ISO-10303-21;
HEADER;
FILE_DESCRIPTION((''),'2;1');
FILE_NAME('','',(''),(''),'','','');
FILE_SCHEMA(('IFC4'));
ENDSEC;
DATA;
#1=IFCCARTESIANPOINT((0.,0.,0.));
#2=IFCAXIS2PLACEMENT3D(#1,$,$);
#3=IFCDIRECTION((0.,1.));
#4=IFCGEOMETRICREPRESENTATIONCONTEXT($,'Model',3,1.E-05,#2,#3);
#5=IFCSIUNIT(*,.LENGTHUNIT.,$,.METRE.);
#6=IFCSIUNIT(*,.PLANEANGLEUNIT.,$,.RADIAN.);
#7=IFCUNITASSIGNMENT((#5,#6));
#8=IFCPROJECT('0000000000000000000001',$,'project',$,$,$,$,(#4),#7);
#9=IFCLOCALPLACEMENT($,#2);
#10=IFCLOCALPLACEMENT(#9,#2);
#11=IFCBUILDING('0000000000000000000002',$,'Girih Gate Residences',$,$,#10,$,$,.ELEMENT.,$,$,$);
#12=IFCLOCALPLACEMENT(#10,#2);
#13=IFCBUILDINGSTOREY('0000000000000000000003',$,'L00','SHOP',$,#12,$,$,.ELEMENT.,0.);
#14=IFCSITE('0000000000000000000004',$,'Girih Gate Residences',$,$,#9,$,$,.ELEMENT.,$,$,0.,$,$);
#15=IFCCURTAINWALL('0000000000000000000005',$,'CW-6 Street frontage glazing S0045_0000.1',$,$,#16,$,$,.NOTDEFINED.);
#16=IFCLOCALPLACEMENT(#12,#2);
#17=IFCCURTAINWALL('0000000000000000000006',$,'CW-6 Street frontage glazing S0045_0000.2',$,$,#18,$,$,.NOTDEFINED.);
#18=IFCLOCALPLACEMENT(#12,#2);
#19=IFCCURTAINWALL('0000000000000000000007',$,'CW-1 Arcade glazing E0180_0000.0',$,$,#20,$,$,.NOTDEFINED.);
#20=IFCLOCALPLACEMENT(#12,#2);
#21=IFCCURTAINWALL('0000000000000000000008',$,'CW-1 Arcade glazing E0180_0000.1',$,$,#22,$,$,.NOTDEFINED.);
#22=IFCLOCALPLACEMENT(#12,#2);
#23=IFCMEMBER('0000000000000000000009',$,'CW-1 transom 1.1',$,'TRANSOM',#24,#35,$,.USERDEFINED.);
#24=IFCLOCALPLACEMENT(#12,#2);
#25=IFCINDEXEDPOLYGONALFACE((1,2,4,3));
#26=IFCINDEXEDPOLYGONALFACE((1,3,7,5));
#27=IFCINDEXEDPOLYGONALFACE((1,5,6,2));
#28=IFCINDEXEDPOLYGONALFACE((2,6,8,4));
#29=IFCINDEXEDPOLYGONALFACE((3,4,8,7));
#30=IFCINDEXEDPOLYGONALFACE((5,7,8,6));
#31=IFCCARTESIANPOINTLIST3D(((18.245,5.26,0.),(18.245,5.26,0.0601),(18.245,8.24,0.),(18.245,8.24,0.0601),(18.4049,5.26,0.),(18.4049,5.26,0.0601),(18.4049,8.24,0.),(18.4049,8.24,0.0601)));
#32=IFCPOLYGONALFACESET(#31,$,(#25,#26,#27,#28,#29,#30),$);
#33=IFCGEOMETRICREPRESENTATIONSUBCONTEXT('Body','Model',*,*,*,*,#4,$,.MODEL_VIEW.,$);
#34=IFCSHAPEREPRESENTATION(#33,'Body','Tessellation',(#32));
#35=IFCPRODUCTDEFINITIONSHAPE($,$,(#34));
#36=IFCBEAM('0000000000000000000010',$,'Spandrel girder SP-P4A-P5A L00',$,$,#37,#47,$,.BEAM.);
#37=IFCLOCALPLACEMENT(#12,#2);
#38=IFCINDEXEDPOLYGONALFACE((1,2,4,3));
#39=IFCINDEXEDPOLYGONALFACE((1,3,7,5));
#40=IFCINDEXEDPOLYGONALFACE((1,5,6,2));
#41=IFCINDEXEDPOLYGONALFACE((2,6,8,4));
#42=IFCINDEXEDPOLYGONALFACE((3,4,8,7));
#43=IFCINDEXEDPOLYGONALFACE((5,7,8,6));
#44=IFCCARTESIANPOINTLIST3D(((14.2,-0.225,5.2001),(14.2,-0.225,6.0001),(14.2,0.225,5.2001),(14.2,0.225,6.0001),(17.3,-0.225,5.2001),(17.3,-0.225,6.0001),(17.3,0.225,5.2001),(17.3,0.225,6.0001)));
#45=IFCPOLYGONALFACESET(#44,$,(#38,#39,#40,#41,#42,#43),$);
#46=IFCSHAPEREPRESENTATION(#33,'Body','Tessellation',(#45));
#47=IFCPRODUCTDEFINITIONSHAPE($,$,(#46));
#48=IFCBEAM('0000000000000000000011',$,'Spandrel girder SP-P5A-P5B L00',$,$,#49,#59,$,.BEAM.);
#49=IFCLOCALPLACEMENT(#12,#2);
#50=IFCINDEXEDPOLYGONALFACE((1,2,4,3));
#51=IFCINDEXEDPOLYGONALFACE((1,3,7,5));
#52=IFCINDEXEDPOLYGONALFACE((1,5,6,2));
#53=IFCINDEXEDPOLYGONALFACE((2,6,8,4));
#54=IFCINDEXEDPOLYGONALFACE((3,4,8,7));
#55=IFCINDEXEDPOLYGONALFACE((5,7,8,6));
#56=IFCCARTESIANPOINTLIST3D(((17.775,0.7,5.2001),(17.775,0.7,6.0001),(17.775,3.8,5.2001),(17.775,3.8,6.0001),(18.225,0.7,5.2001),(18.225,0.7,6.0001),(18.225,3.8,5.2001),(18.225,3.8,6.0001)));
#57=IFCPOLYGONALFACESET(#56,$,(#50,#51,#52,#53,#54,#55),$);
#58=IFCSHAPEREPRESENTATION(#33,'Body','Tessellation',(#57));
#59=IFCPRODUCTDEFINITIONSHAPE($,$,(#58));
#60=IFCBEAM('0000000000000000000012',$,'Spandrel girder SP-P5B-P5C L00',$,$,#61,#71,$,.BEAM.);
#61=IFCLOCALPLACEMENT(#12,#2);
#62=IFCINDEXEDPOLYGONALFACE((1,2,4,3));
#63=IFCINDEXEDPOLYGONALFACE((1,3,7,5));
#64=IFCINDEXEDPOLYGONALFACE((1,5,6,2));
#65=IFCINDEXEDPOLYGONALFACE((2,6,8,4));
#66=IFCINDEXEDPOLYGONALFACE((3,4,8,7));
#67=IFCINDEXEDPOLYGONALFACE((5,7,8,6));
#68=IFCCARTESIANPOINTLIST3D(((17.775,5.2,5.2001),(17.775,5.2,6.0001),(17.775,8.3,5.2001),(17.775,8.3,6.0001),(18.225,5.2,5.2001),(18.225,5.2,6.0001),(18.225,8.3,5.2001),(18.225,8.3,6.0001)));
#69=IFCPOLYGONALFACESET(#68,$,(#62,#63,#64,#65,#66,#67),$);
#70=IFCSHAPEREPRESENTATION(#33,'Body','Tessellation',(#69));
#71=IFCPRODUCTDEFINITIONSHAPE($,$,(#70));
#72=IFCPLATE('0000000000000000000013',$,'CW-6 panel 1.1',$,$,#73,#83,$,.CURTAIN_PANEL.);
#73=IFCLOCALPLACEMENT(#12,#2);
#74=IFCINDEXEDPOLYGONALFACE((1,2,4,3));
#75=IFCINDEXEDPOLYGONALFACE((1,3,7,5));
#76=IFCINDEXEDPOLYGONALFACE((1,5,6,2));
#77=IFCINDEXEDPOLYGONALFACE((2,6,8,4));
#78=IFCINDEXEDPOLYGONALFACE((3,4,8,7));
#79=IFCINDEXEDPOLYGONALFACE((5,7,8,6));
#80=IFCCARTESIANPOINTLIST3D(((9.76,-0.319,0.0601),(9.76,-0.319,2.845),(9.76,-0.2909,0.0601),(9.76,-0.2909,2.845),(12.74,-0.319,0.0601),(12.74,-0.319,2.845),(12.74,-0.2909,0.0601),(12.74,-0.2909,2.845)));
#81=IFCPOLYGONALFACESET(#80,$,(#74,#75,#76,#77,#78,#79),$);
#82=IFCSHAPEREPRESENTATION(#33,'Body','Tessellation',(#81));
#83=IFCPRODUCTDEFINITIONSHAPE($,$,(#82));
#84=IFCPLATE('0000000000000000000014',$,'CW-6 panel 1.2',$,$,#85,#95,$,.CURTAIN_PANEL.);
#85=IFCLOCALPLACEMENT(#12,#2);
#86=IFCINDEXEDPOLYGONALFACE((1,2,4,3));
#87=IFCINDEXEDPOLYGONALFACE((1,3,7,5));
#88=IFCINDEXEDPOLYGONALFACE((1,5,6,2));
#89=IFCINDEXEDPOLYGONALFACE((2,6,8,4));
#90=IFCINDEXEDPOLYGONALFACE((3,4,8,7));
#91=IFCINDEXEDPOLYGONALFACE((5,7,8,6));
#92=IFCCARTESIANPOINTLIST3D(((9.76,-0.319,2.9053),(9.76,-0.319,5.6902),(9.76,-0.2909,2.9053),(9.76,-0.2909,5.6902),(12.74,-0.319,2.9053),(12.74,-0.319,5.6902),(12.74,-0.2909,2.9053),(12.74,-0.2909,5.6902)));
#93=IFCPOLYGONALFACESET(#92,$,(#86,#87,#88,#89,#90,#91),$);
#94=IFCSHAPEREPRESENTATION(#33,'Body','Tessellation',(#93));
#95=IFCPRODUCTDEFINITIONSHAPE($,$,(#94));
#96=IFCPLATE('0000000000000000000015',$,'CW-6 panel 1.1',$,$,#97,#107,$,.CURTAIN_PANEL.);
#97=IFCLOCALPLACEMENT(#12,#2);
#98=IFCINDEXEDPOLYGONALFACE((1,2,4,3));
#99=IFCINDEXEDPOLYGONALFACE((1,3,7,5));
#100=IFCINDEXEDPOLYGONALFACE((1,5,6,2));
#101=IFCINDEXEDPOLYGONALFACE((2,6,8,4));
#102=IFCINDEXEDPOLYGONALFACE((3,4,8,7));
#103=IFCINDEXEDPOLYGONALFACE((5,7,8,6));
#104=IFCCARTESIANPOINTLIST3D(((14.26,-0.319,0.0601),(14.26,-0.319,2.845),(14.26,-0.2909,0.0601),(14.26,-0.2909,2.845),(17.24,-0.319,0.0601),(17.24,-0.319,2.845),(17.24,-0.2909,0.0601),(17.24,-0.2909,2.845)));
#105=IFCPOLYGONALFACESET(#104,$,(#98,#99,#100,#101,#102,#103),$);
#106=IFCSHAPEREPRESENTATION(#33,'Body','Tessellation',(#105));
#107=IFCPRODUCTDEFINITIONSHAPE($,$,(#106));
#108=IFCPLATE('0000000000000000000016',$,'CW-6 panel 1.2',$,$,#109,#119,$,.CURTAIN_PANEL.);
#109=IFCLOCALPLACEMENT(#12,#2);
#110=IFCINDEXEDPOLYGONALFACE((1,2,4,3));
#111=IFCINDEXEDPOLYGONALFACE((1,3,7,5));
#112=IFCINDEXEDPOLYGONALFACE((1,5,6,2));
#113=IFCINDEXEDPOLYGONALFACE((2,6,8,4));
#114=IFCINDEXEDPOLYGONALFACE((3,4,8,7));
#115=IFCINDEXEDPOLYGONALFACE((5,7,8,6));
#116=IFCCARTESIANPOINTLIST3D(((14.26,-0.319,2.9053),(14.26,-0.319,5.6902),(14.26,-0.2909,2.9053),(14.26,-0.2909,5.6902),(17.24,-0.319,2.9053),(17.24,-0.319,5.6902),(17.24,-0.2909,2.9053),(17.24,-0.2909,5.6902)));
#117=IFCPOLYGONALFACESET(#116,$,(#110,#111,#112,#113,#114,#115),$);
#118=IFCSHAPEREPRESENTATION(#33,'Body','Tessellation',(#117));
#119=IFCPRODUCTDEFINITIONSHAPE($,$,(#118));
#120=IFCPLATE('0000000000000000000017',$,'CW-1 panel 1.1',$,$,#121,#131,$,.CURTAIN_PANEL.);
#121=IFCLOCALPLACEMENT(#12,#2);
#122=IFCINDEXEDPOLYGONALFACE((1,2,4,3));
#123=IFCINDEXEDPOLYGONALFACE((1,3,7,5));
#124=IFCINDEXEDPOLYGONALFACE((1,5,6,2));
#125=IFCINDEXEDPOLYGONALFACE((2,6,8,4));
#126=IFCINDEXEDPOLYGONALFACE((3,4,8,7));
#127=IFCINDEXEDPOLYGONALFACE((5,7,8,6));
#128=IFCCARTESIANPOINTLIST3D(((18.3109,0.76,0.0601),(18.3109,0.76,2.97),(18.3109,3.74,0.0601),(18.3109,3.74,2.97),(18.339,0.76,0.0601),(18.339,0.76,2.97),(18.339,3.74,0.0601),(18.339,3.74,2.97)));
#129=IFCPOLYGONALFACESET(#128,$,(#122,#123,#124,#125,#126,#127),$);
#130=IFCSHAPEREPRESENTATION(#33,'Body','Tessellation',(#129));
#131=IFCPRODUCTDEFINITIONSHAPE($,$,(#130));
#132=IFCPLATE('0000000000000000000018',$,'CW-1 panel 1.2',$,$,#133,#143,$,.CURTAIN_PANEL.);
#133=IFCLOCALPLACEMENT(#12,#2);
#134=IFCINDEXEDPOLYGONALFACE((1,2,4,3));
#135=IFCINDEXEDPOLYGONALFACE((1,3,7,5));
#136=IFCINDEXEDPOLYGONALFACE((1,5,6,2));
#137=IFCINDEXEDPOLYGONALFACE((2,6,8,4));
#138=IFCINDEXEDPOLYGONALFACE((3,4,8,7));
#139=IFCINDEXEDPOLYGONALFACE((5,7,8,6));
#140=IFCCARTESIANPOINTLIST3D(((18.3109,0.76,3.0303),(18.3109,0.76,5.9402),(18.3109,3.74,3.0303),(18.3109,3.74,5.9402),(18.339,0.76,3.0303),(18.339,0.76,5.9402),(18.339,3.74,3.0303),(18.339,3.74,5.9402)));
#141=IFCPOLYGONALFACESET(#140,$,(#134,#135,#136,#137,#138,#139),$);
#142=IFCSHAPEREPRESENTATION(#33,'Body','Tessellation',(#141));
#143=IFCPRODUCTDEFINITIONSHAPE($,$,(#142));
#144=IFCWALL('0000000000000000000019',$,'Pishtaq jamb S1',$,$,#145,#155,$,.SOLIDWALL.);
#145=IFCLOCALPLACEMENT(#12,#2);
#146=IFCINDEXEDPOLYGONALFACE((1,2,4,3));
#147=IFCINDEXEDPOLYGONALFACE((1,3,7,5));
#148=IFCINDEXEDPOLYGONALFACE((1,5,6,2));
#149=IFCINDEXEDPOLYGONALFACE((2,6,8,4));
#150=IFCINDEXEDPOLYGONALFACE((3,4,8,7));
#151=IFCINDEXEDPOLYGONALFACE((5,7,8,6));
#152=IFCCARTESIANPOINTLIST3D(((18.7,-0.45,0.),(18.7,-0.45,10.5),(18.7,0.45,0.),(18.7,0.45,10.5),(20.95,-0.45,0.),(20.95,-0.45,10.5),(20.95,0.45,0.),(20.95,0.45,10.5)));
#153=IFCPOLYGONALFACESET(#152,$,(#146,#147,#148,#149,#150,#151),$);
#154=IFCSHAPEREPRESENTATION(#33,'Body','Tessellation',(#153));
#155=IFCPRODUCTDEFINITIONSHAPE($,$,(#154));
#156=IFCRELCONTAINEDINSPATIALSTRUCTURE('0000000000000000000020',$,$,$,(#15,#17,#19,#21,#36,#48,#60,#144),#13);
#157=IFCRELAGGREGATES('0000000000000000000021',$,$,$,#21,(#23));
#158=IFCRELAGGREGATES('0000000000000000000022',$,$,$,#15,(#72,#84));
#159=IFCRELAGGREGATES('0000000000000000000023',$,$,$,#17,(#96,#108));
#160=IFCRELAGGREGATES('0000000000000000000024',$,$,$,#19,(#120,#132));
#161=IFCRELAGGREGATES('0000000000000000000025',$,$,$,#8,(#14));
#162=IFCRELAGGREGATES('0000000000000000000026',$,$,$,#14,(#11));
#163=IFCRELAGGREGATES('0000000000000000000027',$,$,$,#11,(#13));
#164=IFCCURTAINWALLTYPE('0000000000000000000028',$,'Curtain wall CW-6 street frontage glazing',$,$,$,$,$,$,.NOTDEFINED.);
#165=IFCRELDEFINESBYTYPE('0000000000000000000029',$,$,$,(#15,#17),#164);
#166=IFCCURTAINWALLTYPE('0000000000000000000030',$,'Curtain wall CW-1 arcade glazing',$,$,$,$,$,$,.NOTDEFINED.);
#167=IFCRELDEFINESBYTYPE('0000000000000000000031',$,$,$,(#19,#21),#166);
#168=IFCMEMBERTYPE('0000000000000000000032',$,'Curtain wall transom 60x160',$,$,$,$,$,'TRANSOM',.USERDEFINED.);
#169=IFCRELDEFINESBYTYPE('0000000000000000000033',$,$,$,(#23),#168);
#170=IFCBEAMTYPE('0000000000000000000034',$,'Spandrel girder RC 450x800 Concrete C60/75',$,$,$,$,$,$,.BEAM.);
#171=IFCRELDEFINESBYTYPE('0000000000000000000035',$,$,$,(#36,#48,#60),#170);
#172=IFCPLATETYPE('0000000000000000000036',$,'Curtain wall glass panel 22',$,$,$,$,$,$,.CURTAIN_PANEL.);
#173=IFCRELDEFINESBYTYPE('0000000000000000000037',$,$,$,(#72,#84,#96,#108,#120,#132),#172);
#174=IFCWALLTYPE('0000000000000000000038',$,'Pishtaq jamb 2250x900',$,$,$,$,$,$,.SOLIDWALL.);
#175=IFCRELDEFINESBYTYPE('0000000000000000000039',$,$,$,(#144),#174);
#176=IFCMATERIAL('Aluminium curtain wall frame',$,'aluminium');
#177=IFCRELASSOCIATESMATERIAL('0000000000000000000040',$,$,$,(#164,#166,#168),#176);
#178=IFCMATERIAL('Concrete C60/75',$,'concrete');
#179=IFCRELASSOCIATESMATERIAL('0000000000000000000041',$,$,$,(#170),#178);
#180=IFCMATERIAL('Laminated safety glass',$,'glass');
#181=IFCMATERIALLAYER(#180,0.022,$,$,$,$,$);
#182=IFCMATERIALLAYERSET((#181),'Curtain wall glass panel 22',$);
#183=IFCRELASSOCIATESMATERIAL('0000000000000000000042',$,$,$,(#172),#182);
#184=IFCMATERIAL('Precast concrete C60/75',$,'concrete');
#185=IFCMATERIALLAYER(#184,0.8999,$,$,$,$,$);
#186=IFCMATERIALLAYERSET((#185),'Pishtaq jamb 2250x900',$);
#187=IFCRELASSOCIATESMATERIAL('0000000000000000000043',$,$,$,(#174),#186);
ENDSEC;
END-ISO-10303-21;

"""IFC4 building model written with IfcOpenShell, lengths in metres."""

from ifc_helpers import new_model, si_unit, direction, frame, frame_2d, origin, origin_2d, place, context, subcontext, project, spatial, rectangle, extrude, material, layer, layer_set, material_profile, profile_set, type_object, element, aggregate, save


model = new_model("IFC4")

# Units and contexts
model_context = context("Model", 3, precision=1e-05, world=origin(), true_north=direction((0.0, 1.0)))
body_context = subcontext(model_context, "Body", "Model", "MODEL_VIEW")
ifc_project = project(units=[si_unit("LENGTHUNIT", "METRE"), si_unit("PLANEANGLEUNIT", "RADIAN")], contexts=[model_context])

# Site, building, storey
site_placement = place(None, origin())
site = spatial("IfcSite", under=ifc_project, at=site_placement, Name="Girih Gate Residences", CompositionType="ELEMENT", RefElevation=0.0)
building_placement = place(site_placement, origin())
building = spatial("IfcBuilding", under=site, at=building_placement, Name="Girih Gate Residences", CompositionType="ELEMENT")
storey_placement = place(building_placement, origin())
storey = spatial("IfcBuildingStorey", under=building, at=storey_placement, Name="L00", Description="SHOP", CompositionType="ELEMENT", Elevation=0.0)

# Curtain wall
ifc_material_1 = material(Name="Aluminium curtain wall frame", Category="aluminium")
curtain_wall_type_1 = type_object("IfcCurtainWallType", Name="Curtain wall CW-6 street frontage glazing", PredefinedType="NOTDEFINED", material=ifc_material_1)
curtain_wall_1_placement = place(storey_placement, origin())
curtain_wall_1 = element("IfcCurtainWall", 1, at=curtain_wall_1_placement, inside=storey, type_object=curtain_wall_type_1, Name="CW-6 Street frontage glazing S0045_0000.1", PredefinedType="NOTDEFINED")

# Curtain walls
curtain_wall_2_placement = place(storey_placement, origin())
curtain_wall_2 = element("IfcCurtainWall", 2, at=curtain_wall_2_placement, inside=storey, type_object=curtain_wall_type_1, Name="CW-6 Street frontage glazing S0045_0000.2", PredefinedType="NOTDEFINED")
curtain_wall_type_2 = type_object("IfcCurtainWallType", Name="Curtain wall CW-1 arcade glazing", PredefinedType="NOTDEFINED", material=ifc_material_1)
curtain_wall_3_placement = place(storey_placement, origin())
curtain_wall_3 = element("IfcCurtainWall", 3, at=curtain_wall_3_placement, inside=storey, type_object=curtain_wall_type_2, Name="CW-1 Arcade glazing E0180_0000.0", PredefinedType="NOTDEFINED")

# Curtain wall
curtain_wall_4_placement = place(storey_placement, origin())
curtain_wall_4 = element("IfcCurtainWall", 4, at=curtain_wall_4_placement, inside=storey, type_object=curtain_wall_type_2, Name="CW-1 Arcade glazing E0180_0000.1", PredefinedType="NOTDEFINED")

# Member
ifc_material_profile_1 = material_profile(ifc_material_1, rectangle(XDim=0.1599, YDim=0.0601, at=origin_2d()))
ifc_profile_set_1 = profile_set([ifc_material_profile_1], Name="Aluminium curtain wall frame")
member_type_1 = type_object("IfcMemberType", Name="Curtain wall transom 60x160", ElementType="TRANSOM", PredefinedType="USERDEFINED", material=ifc_profile_set_1)
member_1_placement = place(storey_placement, frame((18.325, 5.26, 0.03), z_axis=(0.0, 1.0, 0.0), x_axis=(-1.0, 0.0, 0.0)))
member_1 = element("IfcMember", 5, at=member_1_placement, type_object=member_type_1, Name="CW-1 transom 1.1", ObjectType="TRANSOM", PredefinedType="USERDEFINED", context=body_context, shape_type="SweptSolid", body=[
    extrude(rectangle(XDim=0.1599, YDim=0.0601, at=origin_2d()), origin(), (0.0, 0.0, 1.0), 2.98),
])
aggregate(curtain_wall_4, [member_1])

# Beams
ifc_material_2 = material(Name="Concrete C60/75", Category="concrete")
ifc_material_profile_2 = material_profile(ifc_material_2, rectangle(XDim=0.45, YDim=0.8, at=origin_2d()))
ifc_profile_set_2 = profile_set([ifc_material_profile_2], Name="Concrete C60/75")
beam_type = type_object("IfcBeamType", Name="Spandrel girder RC 450x800 Concrete C60/75", PredefinedType="BEAM", material=ifc_profile_set_2)
for number, where, z_axis, x_axis, name in (
    (6, (14.2, 0.0, 5.6001), (1.0, 0.0, 0.0), (0.0, 1.0, 0.0), "Spandrel girder SP-P4A-P5A L00"),
    (7, (18.0, 0.7, 5.6001), (0.0, 1.0, 0.0), (-1.0, 0.0, 0.0), "Spandrel girder SP-P5A-P5B L00"),
    (8, (18.0, 5.2, 5.6001), (0.0, 1.0, 0.0), (-1.0, 0.0, 0.0), "Spandrel girder SP-P5B-P5C L00"),
):
    element("IfcBeam", number, at=place(storey_placement, frame(where, z_axis=z_axis, x_axis=x_axis)), inside=storey, type_object=beam_type, Name=name, PredefinedType="BEAM", context=body_context, shape_type="SweptSolid", body=[
        extrude(rectangle(XDim=0.45, YDim=0.8, at=origin_2d()), origin(), (0.0, 0.0, 1.0), 3.1001),
    ])

# Plates
ifc_material_3 = material(Name="Laminated safety glass", Category="glass")
ifc_layer_1 = layer(ifc_material_3, 0.022)
ifc_layer_set_1 = layer_set([ifc_layer_1], Name="Curtain wall glass panel 22")
plate_type = type_object("IfcPlateType", Name="Curtain wall glass panel 22", PredefinedType="CURTAIN_PANEL", material=ifc_layer_set_1)
plate_1_placement = place(storey_placement, frame((11.25, -0.3049, 0.0601), z_axis=(0.0, 0.0, 1.0), x_axis=(1.0, 0.0, 0.0)))
plate_1 = element("IfcPlate", 9, at=plate_1_placement, type_object=plate_type, Name="CW-6 panel 1.1", PredefinedType="CURTAIN_PANEL", context=body_context, shape_type="SweptSolid", body=[
    extrude(rectangle(XDim=2.98, YDim=0.0281, at=origin_2d()), origin(), (0.0, 0.0, 1.0), 2.7849),
])
plate_2_placement = place(storey_placement, frame((11.25, -0.3049, 2.9053), z_axis=(0.0, 0.0, 1.0), x_axis=(1.0, 0.0, 0.0)))
plate_2 = element("IfcPlate", 10, at=plate_2_placement, type_object=plate_type, Name="CW-6 panel 1.2", PredefinedType="CURTAIN_PANEL", context=body_context, shape_type="SweptSolid", body=[
    extrude(rectangle(XDim=2.98, YDim=0.0281, at=origin_2d()), origin(), (0.0, 0.0, 1.0), 2.7849),
])
aggregate(curtain_wall_1, [plate_1, plate_2])
plate_3_placement = place(storey_placement, frame((15.75, -0.3049, 0.0601), z_axis=(0.0, 0.0, 1.0), x_axis=(1.0, 0.0, 0.0)))
plate_3 = element("IfcPlate", 11, at=plate_3_placement, type_object=plate_type, Name="CW-6 panel 1.1", PredefinedType="CURTAIN_PANEL", context=body_context, shape_type="SweptSolid", body=[
    extrude(rectangle(XDim=2.98, YDim=0.0281, at=origin_2d()), origin(), (0.0, 0.0, 1.0), 2.7849),
])
plate_4_placement = place(storey_placement, frame((15.75, -0.3049, 2.9053), z_axis=(0.0, 0.0, 1.0), x_axis=(1.0, 0.0, 0.0)))
plate_4 = element("IfcPlate", 12, at=plate_4_placement, type_object=plate_type, Name="CW-6 panel 1.2", PredefinedType="CURTAIN_PANEL", context=body_context, shape_type="SweptSolid", body=[
    extrude(rectangle(XDim=2.98, YDim=0.0281, at=origin_2d()), origin(), (0.0, 0.0, 1.0), 2.7849),
])
aggregate(curtain_wall_2, [plate_3, plate_4])
plate_5_placement = place(storey_placement, frame((18.325, 2.25, 0.0601), z_axis=(0.0, 0.0, 1.0), x_axis=(0.0, 1.0, 0.0)))
plate_5 = element("IfcPlate", 13, at=plate_5_placement, type_object=plate_type, Name="CW-1 panel 1.1", PredefinedType="CURTAIN_PANEL", context=body_context, shape_type="SweptSolid", body=[
    extrude(rectangle(XDim=2.98, YDim=0.0281, at=origin_2d()), origin(), (0.0, 0.0, 1.0), 2.9099),
])
plate_6_placement = place(storey_placement, frame((18.325, 2.25, 3.0303), z_axis=(0.0, 0.0, 1.0), x_axis=(0.0, 1.0, 0.0)))
plate_6 = element("IfcPlate", 14, at=plate_6_placement, type_object=plate_type, Name="CW-1 panel 1.2", PredefinedType="CURTAIN_PANEL", context=body_context, shape_type="SweptSolid", body=[
    extrude(rectangle(XDim=2.98, YDim=0.0281, at=origin_2d()), origin(), (0.0, 0.0, 1.0), 2.9099),
])
aggregate(curtain_wall_3, [plate_5, plate_6])

# Wall
ifc_material_4 = material(Name="Precast concrete C60/75", Category="concrete")
ifc_layer_2 = layer(ifc_material_4, 0.8999)
ifc_layer_set_2 = layer_set([ifc_layer_2], Name="Pishtaq jamb 2250x900")
wall_type = type_object("IfcWallType", Name="Pishtaq jamb 2250x900", PredefinedType="SOLIDWALL", material=ifc_layer_set_2)
wall_placement = place(storey_placement, frame((18.7, 0.0, 0.0), z_axis=(0.0, 0.0, 1.0), x_axis=(1.0, 0.0, 0.0)))
element("IfcWall", 15, at=wall_placement, inside=storey, type_object=wall_type, Name="Pishtaq jamb S1", PredefinedType="SOLIDWALL", context=body_context, shape_type="SweptSolid", body=[
    extrude(rectangle(XDim=2.25, YDim=0.8999, at=frame_2d((1.125, 0.0))), origin(), (0.0, 0.0, 1.0), 10.5),
])

save(model, "model.ifc")
